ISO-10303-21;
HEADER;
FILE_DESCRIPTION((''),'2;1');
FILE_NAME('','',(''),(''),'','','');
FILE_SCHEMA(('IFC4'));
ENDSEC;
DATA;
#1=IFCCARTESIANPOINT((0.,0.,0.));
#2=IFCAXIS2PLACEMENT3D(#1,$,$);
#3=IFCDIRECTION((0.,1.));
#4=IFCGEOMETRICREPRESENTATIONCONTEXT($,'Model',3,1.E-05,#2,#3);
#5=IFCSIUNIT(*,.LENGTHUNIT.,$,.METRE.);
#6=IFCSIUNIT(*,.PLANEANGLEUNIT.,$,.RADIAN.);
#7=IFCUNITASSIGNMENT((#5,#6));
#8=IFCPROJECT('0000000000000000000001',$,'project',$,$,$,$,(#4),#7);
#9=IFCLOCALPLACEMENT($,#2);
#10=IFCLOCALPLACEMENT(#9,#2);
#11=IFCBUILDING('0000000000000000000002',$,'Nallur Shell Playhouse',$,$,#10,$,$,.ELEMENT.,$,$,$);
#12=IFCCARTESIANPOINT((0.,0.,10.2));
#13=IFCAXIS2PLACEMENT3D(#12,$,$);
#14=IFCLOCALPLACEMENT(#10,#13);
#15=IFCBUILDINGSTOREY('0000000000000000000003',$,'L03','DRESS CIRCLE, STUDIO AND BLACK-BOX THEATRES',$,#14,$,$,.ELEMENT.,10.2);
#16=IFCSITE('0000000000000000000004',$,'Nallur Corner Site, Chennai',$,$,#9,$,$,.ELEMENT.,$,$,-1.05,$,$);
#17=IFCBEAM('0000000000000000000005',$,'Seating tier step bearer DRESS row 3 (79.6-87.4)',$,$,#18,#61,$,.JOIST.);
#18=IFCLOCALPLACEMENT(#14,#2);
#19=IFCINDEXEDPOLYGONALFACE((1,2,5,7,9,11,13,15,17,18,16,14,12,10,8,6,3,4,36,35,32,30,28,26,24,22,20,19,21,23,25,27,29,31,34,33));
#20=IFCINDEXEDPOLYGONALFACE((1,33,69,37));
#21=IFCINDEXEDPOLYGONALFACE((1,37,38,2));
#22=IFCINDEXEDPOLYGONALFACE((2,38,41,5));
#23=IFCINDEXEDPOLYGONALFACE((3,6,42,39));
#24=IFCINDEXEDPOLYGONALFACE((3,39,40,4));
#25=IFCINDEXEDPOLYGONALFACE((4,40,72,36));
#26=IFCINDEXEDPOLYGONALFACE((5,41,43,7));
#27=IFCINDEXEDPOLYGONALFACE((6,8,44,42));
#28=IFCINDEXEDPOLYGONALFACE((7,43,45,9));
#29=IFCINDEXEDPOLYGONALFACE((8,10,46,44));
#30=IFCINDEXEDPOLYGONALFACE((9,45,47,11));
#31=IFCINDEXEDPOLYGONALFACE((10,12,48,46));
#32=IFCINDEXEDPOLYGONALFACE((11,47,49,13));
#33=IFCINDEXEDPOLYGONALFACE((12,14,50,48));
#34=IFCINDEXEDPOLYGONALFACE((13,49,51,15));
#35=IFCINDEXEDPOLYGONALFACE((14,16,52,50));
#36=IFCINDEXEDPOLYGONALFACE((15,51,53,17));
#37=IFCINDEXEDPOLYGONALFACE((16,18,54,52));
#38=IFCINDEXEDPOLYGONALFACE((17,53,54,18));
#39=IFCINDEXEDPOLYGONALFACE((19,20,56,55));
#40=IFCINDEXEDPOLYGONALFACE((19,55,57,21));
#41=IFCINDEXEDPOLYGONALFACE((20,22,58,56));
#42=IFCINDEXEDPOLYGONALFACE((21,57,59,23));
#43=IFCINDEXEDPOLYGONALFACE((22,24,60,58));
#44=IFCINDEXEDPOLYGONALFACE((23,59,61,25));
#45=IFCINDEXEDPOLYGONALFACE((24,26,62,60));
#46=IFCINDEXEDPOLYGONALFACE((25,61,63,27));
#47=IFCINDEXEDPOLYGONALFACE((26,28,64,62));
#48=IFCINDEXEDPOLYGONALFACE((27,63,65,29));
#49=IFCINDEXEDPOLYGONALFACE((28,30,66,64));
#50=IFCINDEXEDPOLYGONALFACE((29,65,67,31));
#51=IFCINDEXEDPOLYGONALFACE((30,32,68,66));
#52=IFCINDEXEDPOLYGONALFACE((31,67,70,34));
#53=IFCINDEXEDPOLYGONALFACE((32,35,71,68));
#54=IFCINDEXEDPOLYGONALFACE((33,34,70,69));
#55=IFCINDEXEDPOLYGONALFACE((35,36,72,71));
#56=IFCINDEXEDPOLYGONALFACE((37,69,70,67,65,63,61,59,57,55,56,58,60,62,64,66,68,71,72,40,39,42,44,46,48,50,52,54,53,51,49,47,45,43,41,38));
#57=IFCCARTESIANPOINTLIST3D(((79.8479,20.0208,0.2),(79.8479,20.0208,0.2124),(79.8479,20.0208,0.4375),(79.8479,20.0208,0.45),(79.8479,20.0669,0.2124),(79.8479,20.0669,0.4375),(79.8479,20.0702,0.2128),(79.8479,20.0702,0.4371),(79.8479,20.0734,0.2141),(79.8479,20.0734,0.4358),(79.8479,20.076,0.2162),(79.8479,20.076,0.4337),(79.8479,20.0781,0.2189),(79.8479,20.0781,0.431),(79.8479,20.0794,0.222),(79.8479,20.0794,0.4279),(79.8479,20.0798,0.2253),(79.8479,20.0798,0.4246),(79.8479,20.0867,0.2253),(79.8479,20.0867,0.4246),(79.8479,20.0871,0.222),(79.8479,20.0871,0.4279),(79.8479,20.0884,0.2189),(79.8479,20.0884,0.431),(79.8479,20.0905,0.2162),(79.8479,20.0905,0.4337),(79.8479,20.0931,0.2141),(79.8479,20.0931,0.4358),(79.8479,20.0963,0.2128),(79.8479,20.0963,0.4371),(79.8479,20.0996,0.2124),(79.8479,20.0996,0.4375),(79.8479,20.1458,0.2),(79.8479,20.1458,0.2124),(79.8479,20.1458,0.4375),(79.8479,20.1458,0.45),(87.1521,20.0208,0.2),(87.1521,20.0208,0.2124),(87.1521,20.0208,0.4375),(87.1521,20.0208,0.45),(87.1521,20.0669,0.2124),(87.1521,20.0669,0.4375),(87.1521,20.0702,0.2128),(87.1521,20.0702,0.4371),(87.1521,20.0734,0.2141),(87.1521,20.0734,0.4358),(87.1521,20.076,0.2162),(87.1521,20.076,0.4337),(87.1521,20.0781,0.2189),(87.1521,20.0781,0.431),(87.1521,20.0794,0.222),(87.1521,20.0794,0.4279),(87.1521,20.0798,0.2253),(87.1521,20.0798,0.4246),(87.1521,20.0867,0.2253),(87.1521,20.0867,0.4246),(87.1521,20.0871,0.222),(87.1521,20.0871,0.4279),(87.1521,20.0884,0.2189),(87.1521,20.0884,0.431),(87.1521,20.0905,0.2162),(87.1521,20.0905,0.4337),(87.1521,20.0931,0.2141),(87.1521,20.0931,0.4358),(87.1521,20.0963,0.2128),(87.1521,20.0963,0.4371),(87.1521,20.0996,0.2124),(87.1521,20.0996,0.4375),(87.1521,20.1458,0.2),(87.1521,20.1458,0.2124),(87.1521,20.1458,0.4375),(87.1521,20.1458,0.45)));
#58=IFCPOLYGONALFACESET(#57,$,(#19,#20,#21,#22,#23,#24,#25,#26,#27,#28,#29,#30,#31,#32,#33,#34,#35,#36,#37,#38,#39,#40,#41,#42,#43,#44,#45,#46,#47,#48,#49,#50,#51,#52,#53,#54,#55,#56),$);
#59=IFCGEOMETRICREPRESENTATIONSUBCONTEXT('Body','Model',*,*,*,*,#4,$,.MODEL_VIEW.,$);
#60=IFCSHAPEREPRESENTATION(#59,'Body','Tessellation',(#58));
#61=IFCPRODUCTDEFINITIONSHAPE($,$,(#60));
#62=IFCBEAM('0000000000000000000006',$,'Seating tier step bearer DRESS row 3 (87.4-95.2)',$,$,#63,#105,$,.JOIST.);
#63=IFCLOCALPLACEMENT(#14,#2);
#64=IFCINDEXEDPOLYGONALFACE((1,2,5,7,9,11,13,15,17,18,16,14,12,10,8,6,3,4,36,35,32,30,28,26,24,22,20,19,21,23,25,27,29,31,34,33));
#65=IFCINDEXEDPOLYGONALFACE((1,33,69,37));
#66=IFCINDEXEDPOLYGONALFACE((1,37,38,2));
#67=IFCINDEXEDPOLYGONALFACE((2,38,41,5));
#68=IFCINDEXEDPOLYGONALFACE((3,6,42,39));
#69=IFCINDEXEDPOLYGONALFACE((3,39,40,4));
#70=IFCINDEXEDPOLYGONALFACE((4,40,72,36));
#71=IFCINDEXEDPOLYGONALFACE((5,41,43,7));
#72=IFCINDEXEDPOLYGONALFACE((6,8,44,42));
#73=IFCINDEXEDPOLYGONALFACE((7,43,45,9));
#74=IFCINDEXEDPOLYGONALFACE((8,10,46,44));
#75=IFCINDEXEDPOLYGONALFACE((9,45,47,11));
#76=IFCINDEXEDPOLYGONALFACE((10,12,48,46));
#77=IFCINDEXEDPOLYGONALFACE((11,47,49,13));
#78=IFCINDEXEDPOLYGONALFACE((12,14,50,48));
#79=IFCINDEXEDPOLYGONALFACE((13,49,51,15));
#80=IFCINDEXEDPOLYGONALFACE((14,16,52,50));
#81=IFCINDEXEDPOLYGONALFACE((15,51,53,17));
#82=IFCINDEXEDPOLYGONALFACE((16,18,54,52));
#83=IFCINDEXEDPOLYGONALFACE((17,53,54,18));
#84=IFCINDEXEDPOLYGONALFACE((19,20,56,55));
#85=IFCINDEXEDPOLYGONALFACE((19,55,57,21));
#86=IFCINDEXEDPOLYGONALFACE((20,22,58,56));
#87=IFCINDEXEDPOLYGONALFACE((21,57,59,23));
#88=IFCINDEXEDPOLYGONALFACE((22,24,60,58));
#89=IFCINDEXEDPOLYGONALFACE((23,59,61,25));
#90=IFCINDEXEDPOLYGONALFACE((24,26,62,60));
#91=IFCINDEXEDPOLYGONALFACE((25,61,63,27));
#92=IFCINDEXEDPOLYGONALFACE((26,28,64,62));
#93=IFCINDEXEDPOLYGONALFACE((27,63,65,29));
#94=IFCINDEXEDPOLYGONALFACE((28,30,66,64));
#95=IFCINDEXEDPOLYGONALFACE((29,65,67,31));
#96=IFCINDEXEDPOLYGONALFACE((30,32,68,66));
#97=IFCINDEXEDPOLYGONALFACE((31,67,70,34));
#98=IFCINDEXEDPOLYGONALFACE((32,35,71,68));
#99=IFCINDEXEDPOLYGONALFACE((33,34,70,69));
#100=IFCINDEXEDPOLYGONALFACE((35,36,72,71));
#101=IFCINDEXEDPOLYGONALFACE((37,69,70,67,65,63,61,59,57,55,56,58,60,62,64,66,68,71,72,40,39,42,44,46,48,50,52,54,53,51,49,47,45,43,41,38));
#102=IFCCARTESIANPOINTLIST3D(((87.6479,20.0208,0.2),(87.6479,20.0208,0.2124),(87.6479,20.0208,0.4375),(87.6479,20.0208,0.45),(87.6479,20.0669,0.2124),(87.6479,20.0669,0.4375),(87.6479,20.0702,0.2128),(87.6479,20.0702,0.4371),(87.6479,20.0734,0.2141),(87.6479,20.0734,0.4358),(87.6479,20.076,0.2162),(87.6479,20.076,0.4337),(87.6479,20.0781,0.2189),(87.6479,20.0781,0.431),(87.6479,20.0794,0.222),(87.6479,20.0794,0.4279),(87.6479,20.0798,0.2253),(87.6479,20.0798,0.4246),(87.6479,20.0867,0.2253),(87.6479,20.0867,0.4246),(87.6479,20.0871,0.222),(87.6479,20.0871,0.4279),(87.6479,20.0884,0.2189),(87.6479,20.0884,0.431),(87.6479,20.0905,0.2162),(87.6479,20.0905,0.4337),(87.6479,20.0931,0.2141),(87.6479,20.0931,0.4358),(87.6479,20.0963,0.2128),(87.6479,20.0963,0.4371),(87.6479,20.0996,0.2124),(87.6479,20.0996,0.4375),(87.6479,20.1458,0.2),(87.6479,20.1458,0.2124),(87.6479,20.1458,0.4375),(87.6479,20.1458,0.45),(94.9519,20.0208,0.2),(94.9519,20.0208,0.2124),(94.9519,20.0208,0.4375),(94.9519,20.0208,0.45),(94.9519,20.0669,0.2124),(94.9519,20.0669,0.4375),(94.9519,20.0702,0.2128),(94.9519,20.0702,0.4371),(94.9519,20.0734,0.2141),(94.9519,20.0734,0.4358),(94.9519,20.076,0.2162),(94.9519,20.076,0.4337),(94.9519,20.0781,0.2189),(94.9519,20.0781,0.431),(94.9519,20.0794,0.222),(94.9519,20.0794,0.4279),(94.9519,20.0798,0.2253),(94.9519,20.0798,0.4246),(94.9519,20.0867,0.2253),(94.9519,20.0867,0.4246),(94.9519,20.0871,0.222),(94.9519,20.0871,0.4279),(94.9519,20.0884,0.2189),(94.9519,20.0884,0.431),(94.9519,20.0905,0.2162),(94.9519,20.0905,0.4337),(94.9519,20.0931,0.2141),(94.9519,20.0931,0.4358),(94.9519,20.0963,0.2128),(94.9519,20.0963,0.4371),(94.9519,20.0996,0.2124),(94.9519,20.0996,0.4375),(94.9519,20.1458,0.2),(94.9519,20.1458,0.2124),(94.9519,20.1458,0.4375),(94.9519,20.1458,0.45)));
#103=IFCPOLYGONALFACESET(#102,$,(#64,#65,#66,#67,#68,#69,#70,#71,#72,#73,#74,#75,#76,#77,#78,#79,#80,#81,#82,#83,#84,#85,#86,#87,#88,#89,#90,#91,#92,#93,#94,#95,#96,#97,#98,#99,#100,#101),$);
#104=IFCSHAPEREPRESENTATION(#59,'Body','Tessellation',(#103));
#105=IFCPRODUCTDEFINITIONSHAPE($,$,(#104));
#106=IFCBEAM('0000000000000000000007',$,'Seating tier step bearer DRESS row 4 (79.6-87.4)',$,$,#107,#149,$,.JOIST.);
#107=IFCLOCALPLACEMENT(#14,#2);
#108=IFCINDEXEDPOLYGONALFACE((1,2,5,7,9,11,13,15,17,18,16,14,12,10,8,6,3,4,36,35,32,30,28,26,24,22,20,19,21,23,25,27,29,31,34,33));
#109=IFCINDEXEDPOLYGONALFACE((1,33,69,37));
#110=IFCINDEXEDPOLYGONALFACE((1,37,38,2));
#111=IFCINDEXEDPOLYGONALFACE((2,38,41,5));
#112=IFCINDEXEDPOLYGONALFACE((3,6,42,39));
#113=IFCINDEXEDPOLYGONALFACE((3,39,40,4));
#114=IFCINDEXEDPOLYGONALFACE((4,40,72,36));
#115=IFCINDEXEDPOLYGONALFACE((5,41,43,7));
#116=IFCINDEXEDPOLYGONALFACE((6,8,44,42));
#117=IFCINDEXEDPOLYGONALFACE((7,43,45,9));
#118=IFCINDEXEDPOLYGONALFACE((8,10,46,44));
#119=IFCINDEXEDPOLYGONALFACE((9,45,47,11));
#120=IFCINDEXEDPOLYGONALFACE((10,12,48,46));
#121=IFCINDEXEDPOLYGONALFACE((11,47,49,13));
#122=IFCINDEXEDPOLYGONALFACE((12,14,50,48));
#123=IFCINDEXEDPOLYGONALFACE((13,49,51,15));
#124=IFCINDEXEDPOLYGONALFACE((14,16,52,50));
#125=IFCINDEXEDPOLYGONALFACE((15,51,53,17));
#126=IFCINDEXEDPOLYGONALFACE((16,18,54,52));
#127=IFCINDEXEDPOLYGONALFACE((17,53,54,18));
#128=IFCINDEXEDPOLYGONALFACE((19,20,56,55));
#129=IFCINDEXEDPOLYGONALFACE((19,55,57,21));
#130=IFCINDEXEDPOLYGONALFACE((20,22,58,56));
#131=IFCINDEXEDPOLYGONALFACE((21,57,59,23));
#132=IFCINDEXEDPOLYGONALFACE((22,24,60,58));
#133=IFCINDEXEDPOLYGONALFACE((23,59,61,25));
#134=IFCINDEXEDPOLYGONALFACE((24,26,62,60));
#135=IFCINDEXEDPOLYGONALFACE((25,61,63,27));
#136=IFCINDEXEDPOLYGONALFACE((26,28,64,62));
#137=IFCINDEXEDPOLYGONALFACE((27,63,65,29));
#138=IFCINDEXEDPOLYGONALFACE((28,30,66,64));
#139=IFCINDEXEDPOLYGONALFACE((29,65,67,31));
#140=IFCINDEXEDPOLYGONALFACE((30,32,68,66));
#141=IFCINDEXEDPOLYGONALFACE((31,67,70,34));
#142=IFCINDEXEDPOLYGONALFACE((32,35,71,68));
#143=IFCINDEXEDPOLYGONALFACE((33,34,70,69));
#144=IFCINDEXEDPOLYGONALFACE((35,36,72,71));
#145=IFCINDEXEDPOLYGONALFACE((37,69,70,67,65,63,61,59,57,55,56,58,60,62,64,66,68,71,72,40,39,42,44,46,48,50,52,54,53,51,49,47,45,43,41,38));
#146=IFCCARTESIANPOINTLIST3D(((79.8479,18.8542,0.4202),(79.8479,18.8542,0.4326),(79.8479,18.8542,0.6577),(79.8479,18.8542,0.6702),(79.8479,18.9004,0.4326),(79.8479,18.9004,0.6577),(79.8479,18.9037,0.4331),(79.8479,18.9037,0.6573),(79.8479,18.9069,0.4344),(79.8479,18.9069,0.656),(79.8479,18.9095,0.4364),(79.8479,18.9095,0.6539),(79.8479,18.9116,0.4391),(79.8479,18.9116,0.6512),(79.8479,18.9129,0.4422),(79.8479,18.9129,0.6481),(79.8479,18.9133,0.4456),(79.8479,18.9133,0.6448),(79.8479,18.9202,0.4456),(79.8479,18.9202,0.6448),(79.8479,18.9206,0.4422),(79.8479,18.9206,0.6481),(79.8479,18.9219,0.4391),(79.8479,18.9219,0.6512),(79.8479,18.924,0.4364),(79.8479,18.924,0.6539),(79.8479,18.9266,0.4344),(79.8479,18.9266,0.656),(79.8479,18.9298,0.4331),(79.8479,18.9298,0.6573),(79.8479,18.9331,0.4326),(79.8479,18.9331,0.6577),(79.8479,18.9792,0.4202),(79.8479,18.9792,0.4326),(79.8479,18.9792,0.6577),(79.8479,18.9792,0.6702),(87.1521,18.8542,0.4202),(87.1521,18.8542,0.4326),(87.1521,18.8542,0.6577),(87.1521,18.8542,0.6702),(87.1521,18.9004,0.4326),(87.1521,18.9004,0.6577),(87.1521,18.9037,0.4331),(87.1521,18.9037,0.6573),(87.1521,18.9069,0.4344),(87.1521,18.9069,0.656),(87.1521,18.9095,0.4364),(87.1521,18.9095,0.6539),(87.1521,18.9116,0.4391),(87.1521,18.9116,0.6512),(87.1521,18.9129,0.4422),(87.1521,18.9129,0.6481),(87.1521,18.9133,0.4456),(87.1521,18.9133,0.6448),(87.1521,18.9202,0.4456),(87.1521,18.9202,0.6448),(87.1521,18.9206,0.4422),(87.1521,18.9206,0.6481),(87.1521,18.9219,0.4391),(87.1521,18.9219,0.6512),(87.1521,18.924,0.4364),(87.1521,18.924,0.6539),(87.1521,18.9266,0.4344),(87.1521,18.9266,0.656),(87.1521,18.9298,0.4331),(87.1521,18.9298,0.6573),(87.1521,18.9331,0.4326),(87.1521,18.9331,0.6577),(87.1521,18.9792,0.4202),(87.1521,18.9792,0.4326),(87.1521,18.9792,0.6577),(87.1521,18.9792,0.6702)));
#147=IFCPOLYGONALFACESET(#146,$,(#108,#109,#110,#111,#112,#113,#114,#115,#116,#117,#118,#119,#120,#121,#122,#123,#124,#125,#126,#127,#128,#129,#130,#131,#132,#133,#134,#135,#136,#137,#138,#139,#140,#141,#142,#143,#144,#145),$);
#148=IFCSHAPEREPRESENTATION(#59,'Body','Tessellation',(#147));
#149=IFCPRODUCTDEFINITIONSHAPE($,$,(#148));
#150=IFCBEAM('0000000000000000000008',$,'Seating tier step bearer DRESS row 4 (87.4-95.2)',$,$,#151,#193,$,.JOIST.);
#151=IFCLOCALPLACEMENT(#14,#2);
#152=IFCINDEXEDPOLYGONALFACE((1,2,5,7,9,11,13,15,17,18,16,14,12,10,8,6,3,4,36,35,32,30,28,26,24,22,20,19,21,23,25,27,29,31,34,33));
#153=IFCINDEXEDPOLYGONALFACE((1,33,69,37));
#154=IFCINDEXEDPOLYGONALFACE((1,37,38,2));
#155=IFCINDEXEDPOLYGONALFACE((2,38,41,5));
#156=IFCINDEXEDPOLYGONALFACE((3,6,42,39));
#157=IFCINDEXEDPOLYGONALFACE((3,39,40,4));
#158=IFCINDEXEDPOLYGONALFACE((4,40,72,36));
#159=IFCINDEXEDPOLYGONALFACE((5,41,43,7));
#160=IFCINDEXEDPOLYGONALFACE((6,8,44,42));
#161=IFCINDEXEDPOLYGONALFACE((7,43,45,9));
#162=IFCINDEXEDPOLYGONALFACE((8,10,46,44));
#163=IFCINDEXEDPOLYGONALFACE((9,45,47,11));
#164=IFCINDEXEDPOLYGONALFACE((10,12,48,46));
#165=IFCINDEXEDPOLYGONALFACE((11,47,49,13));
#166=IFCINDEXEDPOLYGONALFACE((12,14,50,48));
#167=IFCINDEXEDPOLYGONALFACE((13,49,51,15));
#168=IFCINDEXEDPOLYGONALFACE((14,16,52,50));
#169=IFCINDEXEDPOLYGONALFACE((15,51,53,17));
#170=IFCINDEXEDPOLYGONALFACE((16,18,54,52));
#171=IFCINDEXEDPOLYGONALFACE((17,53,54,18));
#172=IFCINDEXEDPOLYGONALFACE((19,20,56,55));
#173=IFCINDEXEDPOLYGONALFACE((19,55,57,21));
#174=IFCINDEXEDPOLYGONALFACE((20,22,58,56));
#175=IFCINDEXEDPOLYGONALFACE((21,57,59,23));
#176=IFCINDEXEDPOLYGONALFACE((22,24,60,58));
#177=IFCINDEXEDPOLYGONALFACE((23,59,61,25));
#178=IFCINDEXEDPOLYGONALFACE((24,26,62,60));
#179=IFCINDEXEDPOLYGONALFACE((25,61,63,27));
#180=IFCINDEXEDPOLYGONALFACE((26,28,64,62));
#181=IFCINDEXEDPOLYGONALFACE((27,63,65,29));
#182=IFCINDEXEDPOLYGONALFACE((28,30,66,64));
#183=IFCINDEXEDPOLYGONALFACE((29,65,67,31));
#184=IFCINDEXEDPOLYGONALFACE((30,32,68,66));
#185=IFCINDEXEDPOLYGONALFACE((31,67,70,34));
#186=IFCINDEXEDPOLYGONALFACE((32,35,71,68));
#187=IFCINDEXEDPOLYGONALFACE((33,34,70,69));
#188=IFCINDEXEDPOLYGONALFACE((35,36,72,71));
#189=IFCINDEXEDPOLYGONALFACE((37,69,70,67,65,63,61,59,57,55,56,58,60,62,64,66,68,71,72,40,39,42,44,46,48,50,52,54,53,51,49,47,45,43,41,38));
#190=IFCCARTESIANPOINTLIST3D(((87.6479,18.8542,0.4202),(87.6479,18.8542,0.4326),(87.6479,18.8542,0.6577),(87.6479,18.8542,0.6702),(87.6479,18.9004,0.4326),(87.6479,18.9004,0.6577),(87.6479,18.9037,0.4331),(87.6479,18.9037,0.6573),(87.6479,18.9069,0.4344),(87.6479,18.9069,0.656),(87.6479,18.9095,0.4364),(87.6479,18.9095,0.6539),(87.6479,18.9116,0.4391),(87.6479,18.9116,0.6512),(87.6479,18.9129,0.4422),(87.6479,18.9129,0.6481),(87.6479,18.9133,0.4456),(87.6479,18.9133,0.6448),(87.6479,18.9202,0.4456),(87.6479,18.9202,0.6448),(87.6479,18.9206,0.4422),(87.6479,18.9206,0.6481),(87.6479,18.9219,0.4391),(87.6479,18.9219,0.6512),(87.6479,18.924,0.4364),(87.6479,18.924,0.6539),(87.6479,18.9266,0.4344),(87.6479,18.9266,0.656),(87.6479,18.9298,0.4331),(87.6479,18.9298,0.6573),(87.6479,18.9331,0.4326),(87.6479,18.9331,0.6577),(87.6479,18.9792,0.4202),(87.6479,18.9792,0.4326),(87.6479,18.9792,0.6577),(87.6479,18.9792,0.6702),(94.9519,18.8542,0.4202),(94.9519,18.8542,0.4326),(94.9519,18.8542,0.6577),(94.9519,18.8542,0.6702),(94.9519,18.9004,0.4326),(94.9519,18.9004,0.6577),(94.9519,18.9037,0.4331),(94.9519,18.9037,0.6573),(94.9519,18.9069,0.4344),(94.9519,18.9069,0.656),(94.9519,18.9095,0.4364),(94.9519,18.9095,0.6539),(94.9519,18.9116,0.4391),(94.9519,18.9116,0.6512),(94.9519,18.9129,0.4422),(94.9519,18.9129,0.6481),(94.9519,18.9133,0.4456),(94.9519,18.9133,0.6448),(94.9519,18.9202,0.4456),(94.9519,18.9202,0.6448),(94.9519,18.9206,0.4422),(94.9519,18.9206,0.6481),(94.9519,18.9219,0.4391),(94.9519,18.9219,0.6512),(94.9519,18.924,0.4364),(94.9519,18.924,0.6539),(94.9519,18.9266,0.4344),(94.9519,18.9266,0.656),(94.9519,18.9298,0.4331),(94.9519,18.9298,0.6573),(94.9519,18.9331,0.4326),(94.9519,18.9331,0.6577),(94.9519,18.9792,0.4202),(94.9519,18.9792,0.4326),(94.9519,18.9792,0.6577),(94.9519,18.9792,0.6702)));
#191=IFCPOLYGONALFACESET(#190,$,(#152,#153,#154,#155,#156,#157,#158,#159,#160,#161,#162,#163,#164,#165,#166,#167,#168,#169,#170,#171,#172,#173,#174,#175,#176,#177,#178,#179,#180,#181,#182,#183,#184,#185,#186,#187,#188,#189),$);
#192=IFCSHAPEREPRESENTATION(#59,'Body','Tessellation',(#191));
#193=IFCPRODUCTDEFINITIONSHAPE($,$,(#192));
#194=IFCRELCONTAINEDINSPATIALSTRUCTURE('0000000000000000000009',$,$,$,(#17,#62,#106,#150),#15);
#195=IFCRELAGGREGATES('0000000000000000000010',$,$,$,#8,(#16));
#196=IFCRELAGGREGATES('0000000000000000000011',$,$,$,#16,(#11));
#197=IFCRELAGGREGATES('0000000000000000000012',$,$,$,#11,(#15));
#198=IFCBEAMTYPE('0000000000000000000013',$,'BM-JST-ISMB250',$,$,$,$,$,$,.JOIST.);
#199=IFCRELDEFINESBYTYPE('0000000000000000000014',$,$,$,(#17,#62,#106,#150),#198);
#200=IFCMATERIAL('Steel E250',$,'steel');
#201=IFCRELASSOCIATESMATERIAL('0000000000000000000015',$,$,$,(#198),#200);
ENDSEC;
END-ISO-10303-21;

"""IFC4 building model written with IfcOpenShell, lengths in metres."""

from ifc_helpers import new_model, si_unit, direction, frame, origin, origin_2d, place, context, subcontext, project, spatial, i_section, extrude, material, material_profile, profile_set, type_object, element, save


model = new_model("IFC4")

# Units and contexts
model_context = context("Model", 3, precision=1e-05, world=origin(), true_north=direction((0.0, 1.0)))
body_context = subcontext(model_context, "Body", "Model", "MODEL_VIEW")
ifc_project = project(units=[si_unit("LENGTHUNIT", "METRE"), si_unit("PLANEANGLEUNIT", "RADIAN")], contexts=[model_context])

# Site, building, storey
site_placement = place(None, origin())
site = spatial("IfcSite", under=ifc_project, at=site_placement, Name="Nallur Corner Site, Chennai", CompositionType="ELEMENT", RefElevation=-1.05)
building_placement = place(site_placement, origin())
building = spatial("IfcBuilding", under=site, at=building_placement, Name="Nallur Shell Playhouse", CompositionType="ELEMENT")
storey_placement = place(building_placement, frame((0.0, 0.0, 10.2)))
storey = spatial("IfcBuildingStorey", under=building, at=storey_placement, Name="L03", Description="DRESS CIRCLE, STUDIO AND BLACK-BOX THEATRES", CompositionType="ELEMENT", Elevation=10.2)

# Beams
ifc_material_1 = material(Name="Steel E250", Category="steel")
ifc_material_profile_1 = material_profile(ifc_material_1, i_section(OverallWidth=0.125, OverallDepth=0.25, WebThickness=0.0068, FlangeThickness=0.0125, FilletRadius=0.0129, at=origin_2d()), Name="ISMB 250")
ifc_profile_set_1 = profile_set([ifc_material_profile_1], Name="Steel E250")
beam_type_1 = type_object("IfcBeamType", Name="BM-JST-ISMB250", PredefinedType="JOIST", material=ifc_profile_set_1)
beam_1_placement = place(storey_placement, frame((79.8479, 20.0833, 0.325), z_axis=(1.0, 0.0, 0.0), x_axis=(0.0, 1.0, 0.0)))
element("IfcBeam", 1, at=beam_1_placement, inside=storey, type_object=beam_type_1, Name="Seating tier step bearer DRESS row 3 (79.6-87.4)", PredefinedType="JOIST", context=body_context, shape_type="SweptSolid", body=[
    extrude(i_section(OverallWidth=0.125, OverallDepth=0.25, WebThickness=0.0068, FlangeThickness=0.0125, FilletRadius=0.0129, at=origin_2d()), origin(), (0.0, 0.0, 1.0), 7.3042),
])
beam_2_placement = place(storey_placement, frame((87.6479, 20.0833, 0.325), z_axis=(1.0, 0.0, 0.0), x_axis=(0.0, 1.0, 0.0)))
element("IfcBeam", 2, at=beam_2_placement, inside=storey, type_object=beam_type_1, Name="Seating tier step bearer DRESS row 3 (87.4-95.2)", PredefinedType="JOIST", context=body_context, shape_type="SweptSolid", body=[
    extrude(i_section(OverallWidth=0.125, OverallDepth=0.25, WebThickness=0.0068, FlangeThickness=0.0125, FilletRadius=0.0129, at=origin_2d()), origin(), (0.0, 0.0, 1.0), 7.304),
])
beam_3_placement = place(storey_placement, frame((79.8479, 18.9167, 0.5452), z_axis=(1.0, 0.0, 0.0), x_axis=(0.0, 1.0, 0.0)))
element("IfcBeam", 3, at=beam_3_placement, inside=storey, type_object=beam_type_1, Name="Seating tier step bearer DRESS row 4 (79.6-87.4)", PredefinedType="JOIST", context=body_context, shape_type="SweptSolid", body=[
    extrude(i_section(OverallWidth=0.125, OverallDepth=0.25, WebThickness=0.0068, FlangeThickness=0.0125, FilletRadius=0.0129, at=origin_2d()), origin(), (0.0, 0.0, 1.0), 7.3042),
])
beam_4_placement = place(storey_placement, frame((87.6479, 18.9167, 0.5452), z_axis=(1.0, 0.0, 0.0), x_axis=(0.0, 1.0, 0.0)))
element("IfcBeam", 4, at=beam_4_placement, inside=storey, type_object=beam_type_1, Name="Seating tier step bearer DRESS row 4 (87.4-95.2)", PredefinedType="JOIST", context=body_context, shape_type="SweptSolid", body=[
    extrude(i_section(OverallWidth=0.125, OverallDepth=0.25, WebThickness=0.0068, FlangeThickness=0.0125, FilletRadius=0.0129, at=origin_2d()), origin(), (0.0, 0.0, 1.0), 7.304),
])

save(model, "model.ifc")
